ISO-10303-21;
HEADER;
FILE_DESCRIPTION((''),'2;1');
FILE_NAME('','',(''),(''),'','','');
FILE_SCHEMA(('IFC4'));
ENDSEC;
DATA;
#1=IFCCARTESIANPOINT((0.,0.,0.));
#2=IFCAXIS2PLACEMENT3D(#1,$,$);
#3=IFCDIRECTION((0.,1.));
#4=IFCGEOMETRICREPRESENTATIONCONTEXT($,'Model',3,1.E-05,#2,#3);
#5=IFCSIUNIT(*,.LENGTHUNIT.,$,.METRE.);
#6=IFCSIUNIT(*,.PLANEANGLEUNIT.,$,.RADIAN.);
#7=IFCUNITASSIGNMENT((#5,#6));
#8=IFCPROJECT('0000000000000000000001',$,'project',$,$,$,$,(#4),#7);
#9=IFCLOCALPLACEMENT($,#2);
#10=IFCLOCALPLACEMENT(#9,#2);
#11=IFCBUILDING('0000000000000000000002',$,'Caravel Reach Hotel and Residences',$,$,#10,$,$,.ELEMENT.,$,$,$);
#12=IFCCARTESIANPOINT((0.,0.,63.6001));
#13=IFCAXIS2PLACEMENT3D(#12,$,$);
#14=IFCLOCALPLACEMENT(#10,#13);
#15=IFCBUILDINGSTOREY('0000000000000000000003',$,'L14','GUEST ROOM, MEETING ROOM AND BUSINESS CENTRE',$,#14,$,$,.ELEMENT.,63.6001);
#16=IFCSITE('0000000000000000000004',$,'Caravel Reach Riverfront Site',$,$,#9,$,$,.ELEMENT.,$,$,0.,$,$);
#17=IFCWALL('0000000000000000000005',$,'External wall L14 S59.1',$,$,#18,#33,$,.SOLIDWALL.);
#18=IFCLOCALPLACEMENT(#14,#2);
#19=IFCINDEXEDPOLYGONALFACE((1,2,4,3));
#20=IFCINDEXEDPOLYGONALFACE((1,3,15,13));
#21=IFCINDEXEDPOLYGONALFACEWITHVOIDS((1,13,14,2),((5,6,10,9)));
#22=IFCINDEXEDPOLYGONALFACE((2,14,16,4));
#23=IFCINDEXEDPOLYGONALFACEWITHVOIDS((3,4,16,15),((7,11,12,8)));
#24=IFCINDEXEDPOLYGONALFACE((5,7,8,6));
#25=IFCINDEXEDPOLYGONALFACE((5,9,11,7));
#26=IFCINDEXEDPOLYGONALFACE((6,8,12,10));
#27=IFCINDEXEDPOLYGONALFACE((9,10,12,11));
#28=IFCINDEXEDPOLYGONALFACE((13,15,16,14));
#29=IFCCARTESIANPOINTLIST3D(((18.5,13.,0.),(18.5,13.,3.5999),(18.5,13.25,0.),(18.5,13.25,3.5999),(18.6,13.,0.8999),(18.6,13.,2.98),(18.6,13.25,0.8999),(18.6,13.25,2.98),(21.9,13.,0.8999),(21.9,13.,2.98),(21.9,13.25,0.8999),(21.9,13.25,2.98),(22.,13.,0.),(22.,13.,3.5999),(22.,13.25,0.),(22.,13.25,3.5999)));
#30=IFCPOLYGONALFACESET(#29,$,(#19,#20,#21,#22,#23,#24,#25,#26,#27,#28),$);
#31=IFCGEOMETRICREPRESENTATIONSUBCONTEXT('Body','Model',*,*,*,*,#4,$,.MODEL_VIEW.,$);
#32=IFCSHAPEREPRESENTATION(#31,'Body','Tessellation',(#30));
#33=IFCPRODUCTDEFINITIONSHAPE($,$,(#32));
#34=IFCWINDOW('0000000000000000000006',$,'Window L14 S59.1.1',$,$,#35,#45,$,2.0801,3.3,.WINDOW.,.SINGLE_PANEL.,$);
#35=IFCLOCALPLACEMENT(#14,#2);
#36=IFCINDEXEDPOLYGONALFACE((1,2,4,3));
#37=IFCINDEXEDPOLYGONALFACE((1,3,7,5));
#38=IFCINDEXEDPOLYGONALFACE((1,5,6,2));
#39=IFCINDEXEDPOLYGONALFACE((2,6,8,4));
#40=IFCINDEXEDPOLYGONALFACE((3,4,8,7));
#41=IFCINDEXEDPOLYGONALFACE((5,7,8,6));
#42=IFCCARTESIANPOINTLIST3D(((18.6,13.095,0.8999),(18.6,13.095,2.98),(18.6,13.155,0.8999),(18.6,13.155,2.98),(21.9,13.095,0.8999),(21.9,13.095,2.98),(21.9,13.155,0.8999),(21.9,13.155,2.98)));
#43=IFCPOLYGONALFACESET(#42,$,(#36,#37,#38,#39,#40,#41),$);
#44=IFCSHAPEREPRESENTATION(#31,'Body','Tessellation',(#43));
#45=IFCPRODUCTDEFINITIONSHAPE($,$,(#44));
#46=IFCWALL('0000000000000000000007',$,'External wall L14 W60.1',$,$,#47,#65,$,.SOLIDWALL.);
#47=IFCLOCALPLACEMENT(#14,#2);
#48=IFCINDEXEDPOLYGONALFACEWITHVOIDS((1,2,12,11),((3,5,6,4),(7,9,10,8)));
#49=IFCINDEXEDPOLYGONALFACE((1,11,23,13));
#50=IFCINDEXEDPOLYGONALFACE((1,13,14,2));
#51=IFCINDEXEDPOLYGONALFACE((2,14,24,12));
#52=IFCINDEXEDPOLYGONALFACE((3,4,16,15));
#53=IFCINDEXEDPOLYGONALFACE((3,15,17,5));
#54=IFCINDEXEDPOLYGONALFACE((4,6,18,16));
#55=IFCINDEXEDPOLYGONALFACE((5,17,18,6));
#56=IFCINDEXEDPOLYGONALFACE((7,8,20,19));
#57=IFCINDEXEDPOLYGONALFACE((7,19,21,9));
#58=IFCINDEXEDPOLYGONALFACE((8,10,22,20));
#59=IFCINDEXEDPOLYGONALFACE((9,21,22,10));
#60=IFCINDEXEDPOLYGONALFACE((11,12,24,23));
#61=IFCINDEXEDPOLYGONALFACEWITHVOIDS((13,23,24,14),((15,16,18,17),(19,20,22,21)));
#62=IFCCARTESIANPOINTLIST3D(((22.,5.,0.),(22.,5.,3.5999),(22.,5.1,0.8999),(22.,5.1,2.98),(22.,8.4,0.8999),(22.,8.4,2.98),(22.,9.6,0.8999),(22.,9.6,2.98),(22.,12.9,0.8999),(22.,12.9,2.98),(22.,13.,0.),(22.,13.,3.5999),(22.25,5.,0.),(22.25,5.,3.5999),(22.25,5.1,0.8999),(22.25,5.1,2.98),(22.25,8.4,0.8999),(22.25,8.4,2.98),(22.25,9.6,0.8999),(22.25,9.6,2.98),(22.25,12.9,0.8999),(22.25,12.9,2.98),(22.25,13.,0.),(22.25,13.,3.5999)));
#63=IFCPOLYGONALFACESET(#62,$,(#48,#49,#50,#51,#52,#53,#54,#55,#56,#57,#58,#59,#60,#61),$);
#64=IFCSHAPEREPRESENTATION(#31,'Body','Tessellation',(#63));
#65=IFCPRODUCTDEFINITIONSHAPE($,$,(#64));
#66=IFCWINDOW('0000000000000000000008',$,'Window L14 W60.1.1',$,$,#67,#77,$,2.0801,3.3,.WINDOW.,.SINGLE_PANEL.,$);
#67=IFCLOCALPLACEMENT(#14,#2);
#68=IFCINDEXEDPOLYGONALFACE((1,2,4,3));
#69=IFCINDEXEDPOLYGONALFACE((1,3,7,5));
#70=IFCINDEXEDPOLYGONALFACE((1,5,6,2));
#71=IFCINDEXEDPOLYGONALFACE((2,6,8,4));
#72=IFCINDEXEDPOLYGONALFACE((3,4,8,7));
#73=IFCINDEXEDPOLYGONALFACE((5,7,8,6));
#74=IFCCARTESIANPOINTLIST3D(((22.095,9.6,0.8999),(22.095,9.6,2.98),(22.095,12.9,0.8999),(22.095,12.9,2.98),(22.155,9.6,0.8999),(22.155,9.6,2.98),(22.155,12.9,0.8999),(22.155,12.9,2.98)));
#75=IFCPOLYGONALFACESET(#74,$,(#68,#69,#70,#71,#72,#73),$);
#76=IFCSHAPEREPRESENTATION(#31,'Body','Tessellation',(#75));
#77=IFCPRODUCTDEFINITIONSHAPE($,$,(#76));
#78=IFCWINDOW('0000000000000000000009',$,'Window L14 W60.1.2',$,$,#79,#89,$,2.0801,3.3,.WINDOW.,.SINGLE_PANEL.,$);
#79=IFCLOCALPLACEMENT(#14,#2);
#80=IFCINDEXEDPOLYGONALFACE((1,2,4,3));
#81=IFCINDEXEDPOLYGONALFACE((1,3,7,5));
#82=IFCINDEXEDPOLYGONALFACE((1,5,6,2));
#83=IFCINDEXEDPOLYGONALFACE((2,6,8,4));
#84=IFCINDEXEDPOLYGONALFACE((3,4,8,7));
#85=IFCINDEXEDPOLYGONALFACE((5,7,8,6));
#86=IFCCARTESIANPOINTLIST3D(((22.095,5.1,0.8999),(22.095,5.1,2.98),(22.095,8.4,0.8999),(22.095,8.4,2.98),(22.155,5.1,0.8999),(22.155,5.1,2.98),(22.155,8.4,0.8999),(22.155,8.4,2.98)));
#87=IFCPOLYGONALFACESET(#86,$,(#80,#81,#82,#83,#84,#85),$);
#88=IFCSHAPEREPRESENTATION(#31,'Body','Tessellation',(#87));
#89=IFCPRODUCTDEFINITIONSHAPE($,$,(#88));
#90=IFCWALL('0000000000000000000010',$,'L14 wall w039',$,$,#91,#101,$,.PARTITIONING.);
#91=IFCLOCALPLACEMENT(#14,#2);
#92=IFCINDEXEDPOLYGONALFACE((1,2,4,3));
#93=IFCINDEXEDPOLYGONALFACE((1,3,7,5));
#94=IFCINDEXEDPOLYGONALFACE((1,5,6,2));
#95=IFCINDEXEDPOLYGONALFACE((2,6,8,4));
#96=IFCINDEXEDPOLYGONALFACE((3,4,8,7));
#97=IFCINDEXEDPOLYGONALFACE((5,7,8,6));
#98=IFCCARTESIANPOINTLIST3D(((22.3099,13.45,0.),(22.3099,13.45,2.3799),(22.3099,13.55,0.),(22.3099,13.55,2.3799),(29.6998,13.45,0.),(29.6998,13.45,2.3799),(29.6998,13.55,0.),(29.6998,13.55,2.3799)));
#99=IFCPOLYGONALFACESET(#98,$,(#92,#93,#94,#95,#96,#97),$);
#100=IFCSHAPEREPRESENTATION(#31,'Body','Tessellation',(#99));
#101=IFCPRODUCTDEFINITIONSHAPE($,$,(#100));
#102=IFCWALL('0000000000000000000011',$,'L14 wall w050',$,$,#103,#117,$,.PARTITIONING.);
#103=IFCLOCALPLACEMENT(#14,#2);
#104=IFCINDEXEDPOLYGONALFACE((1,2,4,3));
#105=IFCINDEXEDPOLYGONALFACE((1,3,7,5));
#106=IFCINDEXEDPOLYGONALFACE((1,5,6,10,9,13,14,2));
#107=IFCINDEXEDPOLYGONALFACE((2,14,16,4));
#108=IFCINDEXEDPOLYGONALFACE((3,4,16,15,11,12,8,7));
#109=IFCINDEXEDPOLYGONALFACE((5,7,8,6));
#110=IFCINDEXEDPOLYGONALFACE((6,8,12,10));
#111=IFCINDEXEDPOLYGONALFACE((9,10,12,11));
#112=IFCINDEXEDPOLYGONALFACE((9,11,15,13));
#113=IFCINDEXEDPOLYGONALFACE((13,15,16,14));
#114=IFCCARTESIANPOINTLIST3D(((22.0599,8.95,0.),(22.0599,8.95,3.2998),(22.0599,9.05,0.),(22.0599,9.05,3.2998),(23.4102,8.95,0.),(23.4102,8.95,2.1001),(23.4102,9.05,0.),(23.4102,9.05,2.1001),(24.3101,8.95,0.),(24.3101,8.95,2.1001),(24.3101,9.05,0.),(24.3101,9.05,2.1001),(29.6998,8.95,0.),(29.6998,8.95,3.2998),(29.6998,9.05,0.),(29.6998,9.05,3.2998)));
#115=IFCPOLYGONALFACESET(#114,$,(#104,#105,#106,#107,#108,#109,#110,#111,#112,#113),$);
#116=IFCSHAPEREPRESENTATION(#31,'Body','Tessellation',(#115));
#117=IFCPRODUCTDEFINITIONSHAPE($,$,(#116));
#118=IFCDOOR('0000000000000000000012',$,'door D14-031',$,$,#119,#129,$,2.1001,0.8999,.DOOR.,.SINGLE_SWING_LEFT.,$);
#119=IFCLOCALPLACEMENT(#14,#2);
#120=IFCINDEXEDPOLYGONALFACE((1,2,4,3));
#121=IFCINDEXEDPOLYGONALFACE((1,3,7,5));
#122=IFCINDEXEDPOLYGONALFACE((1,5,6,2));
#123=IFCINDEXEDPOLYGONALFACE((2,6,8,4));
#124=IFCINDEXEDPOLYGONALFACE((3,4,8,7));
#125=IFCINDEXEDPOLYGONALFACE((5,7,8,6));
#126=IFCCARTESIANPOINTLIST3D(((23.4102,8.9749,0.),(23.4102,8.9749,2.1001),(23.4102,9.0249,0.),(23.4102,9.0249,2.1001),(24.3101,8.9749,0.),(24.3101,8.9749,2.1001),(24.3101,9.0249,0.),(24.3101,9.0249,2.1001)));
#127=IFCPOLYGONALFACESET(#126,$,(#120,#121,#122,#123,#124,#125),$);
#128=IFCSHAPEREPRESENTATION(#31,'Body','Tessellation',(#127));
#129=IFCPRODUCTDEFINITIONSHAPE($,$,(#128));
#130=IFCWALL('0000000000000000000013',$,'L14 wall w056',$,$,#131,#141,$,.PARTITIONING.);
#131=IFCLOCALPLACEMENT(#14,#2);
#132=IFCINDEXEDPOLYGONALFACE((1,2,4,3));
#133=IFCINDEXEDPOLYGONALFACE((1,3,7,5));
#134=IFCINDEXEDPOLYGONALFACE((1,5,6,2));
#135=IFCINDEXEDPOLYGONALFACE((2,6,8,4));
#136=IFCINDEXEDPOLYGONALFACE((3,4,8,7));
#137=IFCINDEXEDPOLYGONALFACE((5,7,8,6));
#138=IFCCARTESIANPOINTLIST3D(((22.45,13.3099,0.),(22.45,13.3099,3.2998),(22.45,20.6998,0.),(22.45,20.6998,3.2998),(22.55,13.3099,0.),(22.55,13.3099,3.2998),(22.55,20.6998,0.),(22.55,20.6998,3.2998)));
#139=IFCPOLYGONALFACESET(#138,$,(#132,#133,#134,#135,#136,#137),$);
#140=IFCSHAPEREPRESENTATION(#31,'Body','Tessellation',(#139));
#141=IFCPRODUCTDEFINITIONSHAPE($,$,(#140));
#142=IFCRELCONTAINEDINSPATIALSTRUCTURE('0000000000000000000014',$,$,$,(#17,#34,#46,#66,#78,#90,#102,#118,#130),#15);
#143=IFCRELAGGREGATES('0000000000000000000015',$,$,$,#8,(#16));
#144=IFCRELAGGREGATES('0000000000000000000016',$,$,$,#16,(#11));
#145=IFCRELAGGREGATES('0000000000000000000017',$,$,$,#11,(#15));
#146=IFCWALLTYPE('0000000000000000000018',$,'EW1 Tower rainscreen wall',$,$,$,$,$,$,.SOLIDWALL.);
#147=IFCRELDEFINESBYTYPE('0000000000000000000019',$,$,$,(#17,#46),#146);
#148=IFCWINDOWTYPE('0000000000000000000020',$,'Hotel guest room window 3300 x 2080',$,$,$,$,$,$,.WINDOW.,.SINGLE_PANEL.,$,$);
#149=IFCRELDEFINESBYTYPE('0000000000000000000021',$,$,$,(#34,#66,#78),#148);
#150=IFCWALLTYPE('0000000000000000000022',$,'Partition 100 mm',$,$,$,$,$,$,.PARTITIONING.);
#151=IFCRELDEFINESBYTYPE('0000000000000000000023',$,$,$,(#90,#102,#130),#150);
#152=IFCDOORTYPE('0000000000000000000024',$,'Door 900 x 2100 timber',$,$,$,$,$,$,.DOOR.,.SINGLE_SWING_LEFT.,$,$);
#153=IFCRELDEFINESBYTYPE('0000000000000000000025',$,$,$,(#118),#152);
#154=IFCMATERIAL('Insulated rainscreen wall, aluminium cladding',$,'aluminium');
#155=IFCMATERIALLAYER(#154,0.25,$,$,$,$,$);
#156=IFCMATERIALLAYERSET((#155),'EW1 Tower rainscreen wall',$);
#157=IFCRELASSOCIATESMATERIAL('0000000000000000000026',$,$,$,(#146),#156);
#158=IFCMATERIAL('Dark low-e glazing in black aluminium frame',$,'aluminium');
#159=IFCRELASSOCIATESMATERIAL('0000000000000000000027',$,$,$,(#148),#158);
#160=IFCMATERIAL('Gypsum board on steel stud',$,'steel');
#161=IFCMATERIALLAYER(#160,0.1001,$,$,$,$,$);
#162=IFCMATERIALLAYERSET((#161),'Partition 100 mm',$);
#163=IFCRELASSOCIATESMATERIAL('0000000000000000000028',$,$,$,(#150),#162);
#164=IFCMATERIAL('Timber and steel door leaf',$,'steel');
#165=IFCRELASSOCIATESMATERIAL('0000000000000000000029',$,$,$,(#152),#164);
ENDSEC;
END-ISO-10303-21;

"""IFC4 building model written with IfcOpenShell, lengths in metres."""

from ifc_helpers import new_model, si_unit, direction, frame, frame_2d, origin, place, context, subcontext, project, spatial, rectangle, extrude, material, layer, layer_set, type_object, element, fill, save


model = new_model("IFC4")

# Units and contexts
model_context = context("Model", 3, precision=1e-05, world=origin(), true_north=direction((0.0, 1.0)))
body_context = subcontext(model_context, "Body", "Model", "MODEL_VIEW")
ifc_project = project(units=[si_unit("LENGTHUNIT", "METRE"), si_unit("PLANEANGLEUNIT", "RADIAN")], contexts=[model_context])

# Site, building, storey
site_placement = place(None, origin())
site = spatial("IfcSite", under=ifc_project, at=site_placement, Name="Caravel Reach Riverfront Site", CompositionType="ELEMENT", RefElevation=0.0)
building_placement = place(site_placement, origin())
building = spatial("IfcBuilding", under=site, at=building_placement, Name="Caravel Reach Hotel and Residences", CompositionType="ELEMENT")
storey_placement = place(building_placement, frame((0.0, 0.0, 63.6001)))
storey = spatial("IfcBuildingStorey", under=building, at=storey_placement, Name="L14", Description="GUEST ROOM, MEETING ROOM AND BUSINESS CENTRE", CompositionType="ELEMENT", Elevation=63.6001)

# Wall, opening, window
ifc_material_1 = material(Name="Insulated rainscreen wall, aluminium cladding", Category="aluminium")
ifc_layer_1 = layer(ifc_material_1, 0.25)
ifc_layer_set_1 = layer_set([ifc_layer_1], Name="EW1 Tower rainscreen wall")
wall_type_1 = type_object("IfcWallType", Name="EW1 Tower rainscreen wall", PredefinedType="SOLIDWALL", material=ifc_layer_set_1)
wall_1_placement = place(storey_placement, frame((18.5, 13.125, 0.0), z_axis=(0.0, 0.0, 1.0), x_axis=(1.0, 0.0, 0.0)))
wall_1 = element("IfcWall", 1, at=wall_1_placement, inside=storey, type_object=wall_type_1, Name="External wall L14 S59.1", PredefinedType="SOLIDWALL", context=body_context, shape_type="SweptSolid", body=[
    extrude(rectangle(XDim=3.5, YDim=0.25, at=frame_2d((1.75, 0.0))), origin(), (0.0, 0.0, 1.0), 3.5999),
])
opening_1_placement = place(wall_1_placement, frame((0.1001, 0.0, 0.8999)))
opening_1 = element("IfcOpeningElement", 2, at=opening_1_placement, cuts=wall_1, PredefinedType="OPENING", context=body_context, shape_type="SweptSolid", body=[
    extrude(rectangle(XDim=3.3, YDim=2.0801, at=frame_2d((1.6499, 1.04))), frame((0.0, 0.135, 0.0), z_axis=(0.0, -1.0, 0.0), x_axis=(1.0, 0.0, 0.0)), (0.0, 0.0, 1.0), 0.27),
])
ifc_material_2 = material(Name="Dark low-e glazing in black aluminium frame", Category="aluminium")
window_type = type_object("IfcWindowType", Name="Hotel guest room window 3300 x 2080", PartitioningType="SINGLE_PANEL", PredefinedType="WINDOW", material=ifc_material_2)
window_1_placement = place(opening_1_placement, origin())
window_1 = element("IfcWindow", 3, at=window_1_placement, inside=storey, type_object=window_type, Name="Window L14 S59.1.1", OverallHeight=2.0801, OverallWidth=3.3, PartitioningType="SINGLE_PANEL", PredefinedType="WINDOW", context=body_context, shape_type="SweptSolid", body=[
    extrude(rectangle(XDim=3.3, YDim=2.0801, at=frame_2d((1.6499, 1.04))), frame((0.0, 0.03, 0.0), z_axis=(0.0, -1.0, 0.0), x_axis=(1.0, 0.0, 0.0)), (0.0, 0.0, 1.0), 0.0601),
])
fill(opening_1, window_1)

# Wall, openings, windows
wall_2_placement = place(storey_placement, frame((22.125, 13.0, 0.0), z_axis=(0.0, 0.0, 1.0), x_axis=(0.0, -1.0, 0.0)))
wall_2 = element("IfcWall", 4, at=wall_2_placement, inside=storey, type_object=wall_type_1, Name="External wall L14 W60.1", PredefinedType="SOLIDWALL", context=body_context, shape_type="SweptSolid", body=[
    extrude(rectangle(XDim=8.0, YDim=0.25, at=frame_2d((4.0, 0.0))), origin(), (0.0, 0.0, 1.0), 3.5999),
])
opening_2_placement = place(wall_2_placement, frame((0.1001, 0.0, 0.8999)))
opening_2 = element("IfcOpeningElement", 5, at=opening_2_placement, cuts=wall_2, PredefinedType="OPENING", context=body_context, shape_type="SweptSolid", body=[
    extrude(rectangle(XDim=3.3, YDim=2.0801, at=frame_2d((1.6499, 1.04))), frame((0.0, 0.135, 0.0), z_axis=(0.0, -1.0, 0.0), x_axis=(1.0, 0.0, 0.0)), (0.0, 0.0, 1.0), 0.27),
])
opening_3_placement = place(wall_2_placement, frame((4.6001, 0.0, 0.8999)))
opening_3 = element("IfcOpeningElement", 6, at=opening_3_placement, cuts=wall_2, PredefinedType="OPENING", context=body_context, shape_type="SweptSolid", body=[
    extrude(rectangle(XDim=3.3, YDim=2.0801, at=frame_2d((1.6499, 1.04))), frame((0.0, 0.135, 0.0), z_axis=(0.0, -1.0, 0.0), x_axis=(1.0, 0.0, 0.0)), (0.0, 0.0, 1.0), 0.27),
])
window_2_placement = place(opening_2_placement, origin())
window_2 = element("IfcWindow", 7, at=window_2_placement, inside=storey, type_object=window_type, Name="Window L14 W60.1.1", OverallHeight=2.0801, OverallWidth=3.3, PartitioningType="SINGLE_PANEL", PredefinedType="WINDOW", context=body_context, shape_type="SweptSolid", body=[
    extrude(rectangle(XDim=3.3, YDim=2.0801, at=frame_2d((1.6499, 1.04))), frame((0.0, 0.03, 0.0), z_axis=(0.0, -1.0, 0.0), x_axis=(1.0, 0.0, 0.0)), (0.0, 0.0, 1.0), 0.0601),
])
fill(opening_2, window_2)
window_3_placement = place(opening_3_placement, origin())
window_3 = element("IfcWindow", 8, at=window_3_placement, inside=storey, type_object=window_type, Name="Window L14 W60.1.2", OverallHeight=2.0801, OverallWidth=3.3, PartitioningType="SINGLE_PANEL", PredefinedType="WINDOW", context=body_context, shape_type="SweptSolid", body=[
    extrude(rectangle(XDim=3.3, YDim=2.0801, at=frame_2d((1.6499, 1.04))), frame((0.0, 0.03, 0.0), z_axis=(0.0, -1.0, 0.0), x_axis=(1.0, 0.0, 0.0)), (0.0, 0.0, 1.0), 0.0601),
])
fill(opening_3, window_3)

# Wall
ifc_material_3 = material(Name="Gypsum board on steel stud", Category="steel")
ifc_layer_2 = layer(ifc_material_3, 0.1001)
ifc_layer_set_2 = layer_set([ifc_layer_2], Name="Partition 100 mm")
wall_type_2 = type_object("IfcWallType", Name="Partition 100 mm", PredefinedType="PARTITIONING", material=ifc_layer_set_2)
wall_3_placement = place(storey_placement, frame((22.3101, 13.5, 0.0), z_axis=(0.0, 0.0, 1.0), x_axis=(1.0, 0.0, 0.0)))
element("IfcWall", 9, at=wall_3_placement, inside=storey, type_object=wall_type_2, Name="L14 wall w039", PredefinedType="PARTITIONING", context=body_context, shape_type="SweptSolid", body=[
    extrude(rectangle(XDim=7.3899, YDim=0.1001, at=frame_2d((3.6948, 0.0))), origin(), (0.0, 0.0, 1.0), 2.3799),
])

# Wall, opening, door
wall_4_placement = place(storey_placement, frame((22.0601, 9.0, 0.0), z_axis=(0.0, 0.0, 1.0), x_axis=(1.0, 0.0, 0.0)))
wall_4 = element("IfcWall", 10, at=wall_4_placement, inside=storey, type_object=wall_type_2, Name="L14 wall w050", PredefinedType="PARTITIONING", context=body_context, shape_type="SweptSolid", body=[
    extrude(rectangle(XDim=7.6399, YDim=0.1001, at=frame_2d((3.8198, 0.0))), origin(), (0.0, 0.0, 1.0), 3.2998),
])
opening_4_placement = place(wall_4_placement, frame((1.3501, 0.0, 0.0)))
opening_4 = element("IfcOpeningElement", 11, at=opening_4_placement, cuts=wall_4, PredefinedType="OPENING", context=body_context, shape_type="SweptSolid", body=[
    extrude(rectangle(XDim=0.8999, YDim=2.1001, at=frame_2d((0.45, 1.05))), frame((0.0, 0.0601, 0.0), z_axis=(0.0, -1.0, 0.0), x_axis=(1.0, 0.0, 0.0)), (0.0, 0.0, 1.0), 0.1201),
])
ifc_material_4 = material(Name="Timber and steel door leaf", Category="steel")
door_type = type_object("IfcDoorType", Name="Door 900 x 2100 timber", OperationType="SINGLE_SWING_LEFT", PredefinedType="DOOR", material=ifc_material_4)
door_placement = place(opening_4_placement, origin())
door = element("IfcDoor", 12, at=door_placement, inside=storey, type_object=door_type, Name="door D14-031", OperationType="SINGLE_SWING_LEFT", OverallHeight=2.1001, OverallWidth=0.8999, PredefinedType="DOOR", context=body_context, shape_type="SweptSolid", body=[
    extrude(rectangle(XDim=0.8999, YDim=2.1001, at=frame_2d((0.45, 1.05))), frame((0.0, 0.0249, 0.0), z_axis=(0.0, -1.0, 0.0), x_axis=(1.0, 0.0, 0.0)), (0.0, 0.0, 1.0), 0.05),
])
fill(opening_4, door)

# Wall
wall_5_placement = place(storey_placement, frame((22.5, 13.3101, 0.0), z_axis=(0.0, 0.0, 1.0), x_axis=(0.0, 1.0, 0.0)))
element("IfcWall", 13, at=wall_5_placement, inside=storey, type_object=wall_type_2, Name="L14 wall w056", PredefinedType="PARTITIONING", context=body_context, shape_type="SweptSolid", body=[
    extrude(rectangle(XDim=7.3899, YDim=0.1001, at=frame_2d((3.6948, 0.0))), origin(), (0.0, 0.0, 1.0), 3.2998),
])

save(model, "model.ifc")
